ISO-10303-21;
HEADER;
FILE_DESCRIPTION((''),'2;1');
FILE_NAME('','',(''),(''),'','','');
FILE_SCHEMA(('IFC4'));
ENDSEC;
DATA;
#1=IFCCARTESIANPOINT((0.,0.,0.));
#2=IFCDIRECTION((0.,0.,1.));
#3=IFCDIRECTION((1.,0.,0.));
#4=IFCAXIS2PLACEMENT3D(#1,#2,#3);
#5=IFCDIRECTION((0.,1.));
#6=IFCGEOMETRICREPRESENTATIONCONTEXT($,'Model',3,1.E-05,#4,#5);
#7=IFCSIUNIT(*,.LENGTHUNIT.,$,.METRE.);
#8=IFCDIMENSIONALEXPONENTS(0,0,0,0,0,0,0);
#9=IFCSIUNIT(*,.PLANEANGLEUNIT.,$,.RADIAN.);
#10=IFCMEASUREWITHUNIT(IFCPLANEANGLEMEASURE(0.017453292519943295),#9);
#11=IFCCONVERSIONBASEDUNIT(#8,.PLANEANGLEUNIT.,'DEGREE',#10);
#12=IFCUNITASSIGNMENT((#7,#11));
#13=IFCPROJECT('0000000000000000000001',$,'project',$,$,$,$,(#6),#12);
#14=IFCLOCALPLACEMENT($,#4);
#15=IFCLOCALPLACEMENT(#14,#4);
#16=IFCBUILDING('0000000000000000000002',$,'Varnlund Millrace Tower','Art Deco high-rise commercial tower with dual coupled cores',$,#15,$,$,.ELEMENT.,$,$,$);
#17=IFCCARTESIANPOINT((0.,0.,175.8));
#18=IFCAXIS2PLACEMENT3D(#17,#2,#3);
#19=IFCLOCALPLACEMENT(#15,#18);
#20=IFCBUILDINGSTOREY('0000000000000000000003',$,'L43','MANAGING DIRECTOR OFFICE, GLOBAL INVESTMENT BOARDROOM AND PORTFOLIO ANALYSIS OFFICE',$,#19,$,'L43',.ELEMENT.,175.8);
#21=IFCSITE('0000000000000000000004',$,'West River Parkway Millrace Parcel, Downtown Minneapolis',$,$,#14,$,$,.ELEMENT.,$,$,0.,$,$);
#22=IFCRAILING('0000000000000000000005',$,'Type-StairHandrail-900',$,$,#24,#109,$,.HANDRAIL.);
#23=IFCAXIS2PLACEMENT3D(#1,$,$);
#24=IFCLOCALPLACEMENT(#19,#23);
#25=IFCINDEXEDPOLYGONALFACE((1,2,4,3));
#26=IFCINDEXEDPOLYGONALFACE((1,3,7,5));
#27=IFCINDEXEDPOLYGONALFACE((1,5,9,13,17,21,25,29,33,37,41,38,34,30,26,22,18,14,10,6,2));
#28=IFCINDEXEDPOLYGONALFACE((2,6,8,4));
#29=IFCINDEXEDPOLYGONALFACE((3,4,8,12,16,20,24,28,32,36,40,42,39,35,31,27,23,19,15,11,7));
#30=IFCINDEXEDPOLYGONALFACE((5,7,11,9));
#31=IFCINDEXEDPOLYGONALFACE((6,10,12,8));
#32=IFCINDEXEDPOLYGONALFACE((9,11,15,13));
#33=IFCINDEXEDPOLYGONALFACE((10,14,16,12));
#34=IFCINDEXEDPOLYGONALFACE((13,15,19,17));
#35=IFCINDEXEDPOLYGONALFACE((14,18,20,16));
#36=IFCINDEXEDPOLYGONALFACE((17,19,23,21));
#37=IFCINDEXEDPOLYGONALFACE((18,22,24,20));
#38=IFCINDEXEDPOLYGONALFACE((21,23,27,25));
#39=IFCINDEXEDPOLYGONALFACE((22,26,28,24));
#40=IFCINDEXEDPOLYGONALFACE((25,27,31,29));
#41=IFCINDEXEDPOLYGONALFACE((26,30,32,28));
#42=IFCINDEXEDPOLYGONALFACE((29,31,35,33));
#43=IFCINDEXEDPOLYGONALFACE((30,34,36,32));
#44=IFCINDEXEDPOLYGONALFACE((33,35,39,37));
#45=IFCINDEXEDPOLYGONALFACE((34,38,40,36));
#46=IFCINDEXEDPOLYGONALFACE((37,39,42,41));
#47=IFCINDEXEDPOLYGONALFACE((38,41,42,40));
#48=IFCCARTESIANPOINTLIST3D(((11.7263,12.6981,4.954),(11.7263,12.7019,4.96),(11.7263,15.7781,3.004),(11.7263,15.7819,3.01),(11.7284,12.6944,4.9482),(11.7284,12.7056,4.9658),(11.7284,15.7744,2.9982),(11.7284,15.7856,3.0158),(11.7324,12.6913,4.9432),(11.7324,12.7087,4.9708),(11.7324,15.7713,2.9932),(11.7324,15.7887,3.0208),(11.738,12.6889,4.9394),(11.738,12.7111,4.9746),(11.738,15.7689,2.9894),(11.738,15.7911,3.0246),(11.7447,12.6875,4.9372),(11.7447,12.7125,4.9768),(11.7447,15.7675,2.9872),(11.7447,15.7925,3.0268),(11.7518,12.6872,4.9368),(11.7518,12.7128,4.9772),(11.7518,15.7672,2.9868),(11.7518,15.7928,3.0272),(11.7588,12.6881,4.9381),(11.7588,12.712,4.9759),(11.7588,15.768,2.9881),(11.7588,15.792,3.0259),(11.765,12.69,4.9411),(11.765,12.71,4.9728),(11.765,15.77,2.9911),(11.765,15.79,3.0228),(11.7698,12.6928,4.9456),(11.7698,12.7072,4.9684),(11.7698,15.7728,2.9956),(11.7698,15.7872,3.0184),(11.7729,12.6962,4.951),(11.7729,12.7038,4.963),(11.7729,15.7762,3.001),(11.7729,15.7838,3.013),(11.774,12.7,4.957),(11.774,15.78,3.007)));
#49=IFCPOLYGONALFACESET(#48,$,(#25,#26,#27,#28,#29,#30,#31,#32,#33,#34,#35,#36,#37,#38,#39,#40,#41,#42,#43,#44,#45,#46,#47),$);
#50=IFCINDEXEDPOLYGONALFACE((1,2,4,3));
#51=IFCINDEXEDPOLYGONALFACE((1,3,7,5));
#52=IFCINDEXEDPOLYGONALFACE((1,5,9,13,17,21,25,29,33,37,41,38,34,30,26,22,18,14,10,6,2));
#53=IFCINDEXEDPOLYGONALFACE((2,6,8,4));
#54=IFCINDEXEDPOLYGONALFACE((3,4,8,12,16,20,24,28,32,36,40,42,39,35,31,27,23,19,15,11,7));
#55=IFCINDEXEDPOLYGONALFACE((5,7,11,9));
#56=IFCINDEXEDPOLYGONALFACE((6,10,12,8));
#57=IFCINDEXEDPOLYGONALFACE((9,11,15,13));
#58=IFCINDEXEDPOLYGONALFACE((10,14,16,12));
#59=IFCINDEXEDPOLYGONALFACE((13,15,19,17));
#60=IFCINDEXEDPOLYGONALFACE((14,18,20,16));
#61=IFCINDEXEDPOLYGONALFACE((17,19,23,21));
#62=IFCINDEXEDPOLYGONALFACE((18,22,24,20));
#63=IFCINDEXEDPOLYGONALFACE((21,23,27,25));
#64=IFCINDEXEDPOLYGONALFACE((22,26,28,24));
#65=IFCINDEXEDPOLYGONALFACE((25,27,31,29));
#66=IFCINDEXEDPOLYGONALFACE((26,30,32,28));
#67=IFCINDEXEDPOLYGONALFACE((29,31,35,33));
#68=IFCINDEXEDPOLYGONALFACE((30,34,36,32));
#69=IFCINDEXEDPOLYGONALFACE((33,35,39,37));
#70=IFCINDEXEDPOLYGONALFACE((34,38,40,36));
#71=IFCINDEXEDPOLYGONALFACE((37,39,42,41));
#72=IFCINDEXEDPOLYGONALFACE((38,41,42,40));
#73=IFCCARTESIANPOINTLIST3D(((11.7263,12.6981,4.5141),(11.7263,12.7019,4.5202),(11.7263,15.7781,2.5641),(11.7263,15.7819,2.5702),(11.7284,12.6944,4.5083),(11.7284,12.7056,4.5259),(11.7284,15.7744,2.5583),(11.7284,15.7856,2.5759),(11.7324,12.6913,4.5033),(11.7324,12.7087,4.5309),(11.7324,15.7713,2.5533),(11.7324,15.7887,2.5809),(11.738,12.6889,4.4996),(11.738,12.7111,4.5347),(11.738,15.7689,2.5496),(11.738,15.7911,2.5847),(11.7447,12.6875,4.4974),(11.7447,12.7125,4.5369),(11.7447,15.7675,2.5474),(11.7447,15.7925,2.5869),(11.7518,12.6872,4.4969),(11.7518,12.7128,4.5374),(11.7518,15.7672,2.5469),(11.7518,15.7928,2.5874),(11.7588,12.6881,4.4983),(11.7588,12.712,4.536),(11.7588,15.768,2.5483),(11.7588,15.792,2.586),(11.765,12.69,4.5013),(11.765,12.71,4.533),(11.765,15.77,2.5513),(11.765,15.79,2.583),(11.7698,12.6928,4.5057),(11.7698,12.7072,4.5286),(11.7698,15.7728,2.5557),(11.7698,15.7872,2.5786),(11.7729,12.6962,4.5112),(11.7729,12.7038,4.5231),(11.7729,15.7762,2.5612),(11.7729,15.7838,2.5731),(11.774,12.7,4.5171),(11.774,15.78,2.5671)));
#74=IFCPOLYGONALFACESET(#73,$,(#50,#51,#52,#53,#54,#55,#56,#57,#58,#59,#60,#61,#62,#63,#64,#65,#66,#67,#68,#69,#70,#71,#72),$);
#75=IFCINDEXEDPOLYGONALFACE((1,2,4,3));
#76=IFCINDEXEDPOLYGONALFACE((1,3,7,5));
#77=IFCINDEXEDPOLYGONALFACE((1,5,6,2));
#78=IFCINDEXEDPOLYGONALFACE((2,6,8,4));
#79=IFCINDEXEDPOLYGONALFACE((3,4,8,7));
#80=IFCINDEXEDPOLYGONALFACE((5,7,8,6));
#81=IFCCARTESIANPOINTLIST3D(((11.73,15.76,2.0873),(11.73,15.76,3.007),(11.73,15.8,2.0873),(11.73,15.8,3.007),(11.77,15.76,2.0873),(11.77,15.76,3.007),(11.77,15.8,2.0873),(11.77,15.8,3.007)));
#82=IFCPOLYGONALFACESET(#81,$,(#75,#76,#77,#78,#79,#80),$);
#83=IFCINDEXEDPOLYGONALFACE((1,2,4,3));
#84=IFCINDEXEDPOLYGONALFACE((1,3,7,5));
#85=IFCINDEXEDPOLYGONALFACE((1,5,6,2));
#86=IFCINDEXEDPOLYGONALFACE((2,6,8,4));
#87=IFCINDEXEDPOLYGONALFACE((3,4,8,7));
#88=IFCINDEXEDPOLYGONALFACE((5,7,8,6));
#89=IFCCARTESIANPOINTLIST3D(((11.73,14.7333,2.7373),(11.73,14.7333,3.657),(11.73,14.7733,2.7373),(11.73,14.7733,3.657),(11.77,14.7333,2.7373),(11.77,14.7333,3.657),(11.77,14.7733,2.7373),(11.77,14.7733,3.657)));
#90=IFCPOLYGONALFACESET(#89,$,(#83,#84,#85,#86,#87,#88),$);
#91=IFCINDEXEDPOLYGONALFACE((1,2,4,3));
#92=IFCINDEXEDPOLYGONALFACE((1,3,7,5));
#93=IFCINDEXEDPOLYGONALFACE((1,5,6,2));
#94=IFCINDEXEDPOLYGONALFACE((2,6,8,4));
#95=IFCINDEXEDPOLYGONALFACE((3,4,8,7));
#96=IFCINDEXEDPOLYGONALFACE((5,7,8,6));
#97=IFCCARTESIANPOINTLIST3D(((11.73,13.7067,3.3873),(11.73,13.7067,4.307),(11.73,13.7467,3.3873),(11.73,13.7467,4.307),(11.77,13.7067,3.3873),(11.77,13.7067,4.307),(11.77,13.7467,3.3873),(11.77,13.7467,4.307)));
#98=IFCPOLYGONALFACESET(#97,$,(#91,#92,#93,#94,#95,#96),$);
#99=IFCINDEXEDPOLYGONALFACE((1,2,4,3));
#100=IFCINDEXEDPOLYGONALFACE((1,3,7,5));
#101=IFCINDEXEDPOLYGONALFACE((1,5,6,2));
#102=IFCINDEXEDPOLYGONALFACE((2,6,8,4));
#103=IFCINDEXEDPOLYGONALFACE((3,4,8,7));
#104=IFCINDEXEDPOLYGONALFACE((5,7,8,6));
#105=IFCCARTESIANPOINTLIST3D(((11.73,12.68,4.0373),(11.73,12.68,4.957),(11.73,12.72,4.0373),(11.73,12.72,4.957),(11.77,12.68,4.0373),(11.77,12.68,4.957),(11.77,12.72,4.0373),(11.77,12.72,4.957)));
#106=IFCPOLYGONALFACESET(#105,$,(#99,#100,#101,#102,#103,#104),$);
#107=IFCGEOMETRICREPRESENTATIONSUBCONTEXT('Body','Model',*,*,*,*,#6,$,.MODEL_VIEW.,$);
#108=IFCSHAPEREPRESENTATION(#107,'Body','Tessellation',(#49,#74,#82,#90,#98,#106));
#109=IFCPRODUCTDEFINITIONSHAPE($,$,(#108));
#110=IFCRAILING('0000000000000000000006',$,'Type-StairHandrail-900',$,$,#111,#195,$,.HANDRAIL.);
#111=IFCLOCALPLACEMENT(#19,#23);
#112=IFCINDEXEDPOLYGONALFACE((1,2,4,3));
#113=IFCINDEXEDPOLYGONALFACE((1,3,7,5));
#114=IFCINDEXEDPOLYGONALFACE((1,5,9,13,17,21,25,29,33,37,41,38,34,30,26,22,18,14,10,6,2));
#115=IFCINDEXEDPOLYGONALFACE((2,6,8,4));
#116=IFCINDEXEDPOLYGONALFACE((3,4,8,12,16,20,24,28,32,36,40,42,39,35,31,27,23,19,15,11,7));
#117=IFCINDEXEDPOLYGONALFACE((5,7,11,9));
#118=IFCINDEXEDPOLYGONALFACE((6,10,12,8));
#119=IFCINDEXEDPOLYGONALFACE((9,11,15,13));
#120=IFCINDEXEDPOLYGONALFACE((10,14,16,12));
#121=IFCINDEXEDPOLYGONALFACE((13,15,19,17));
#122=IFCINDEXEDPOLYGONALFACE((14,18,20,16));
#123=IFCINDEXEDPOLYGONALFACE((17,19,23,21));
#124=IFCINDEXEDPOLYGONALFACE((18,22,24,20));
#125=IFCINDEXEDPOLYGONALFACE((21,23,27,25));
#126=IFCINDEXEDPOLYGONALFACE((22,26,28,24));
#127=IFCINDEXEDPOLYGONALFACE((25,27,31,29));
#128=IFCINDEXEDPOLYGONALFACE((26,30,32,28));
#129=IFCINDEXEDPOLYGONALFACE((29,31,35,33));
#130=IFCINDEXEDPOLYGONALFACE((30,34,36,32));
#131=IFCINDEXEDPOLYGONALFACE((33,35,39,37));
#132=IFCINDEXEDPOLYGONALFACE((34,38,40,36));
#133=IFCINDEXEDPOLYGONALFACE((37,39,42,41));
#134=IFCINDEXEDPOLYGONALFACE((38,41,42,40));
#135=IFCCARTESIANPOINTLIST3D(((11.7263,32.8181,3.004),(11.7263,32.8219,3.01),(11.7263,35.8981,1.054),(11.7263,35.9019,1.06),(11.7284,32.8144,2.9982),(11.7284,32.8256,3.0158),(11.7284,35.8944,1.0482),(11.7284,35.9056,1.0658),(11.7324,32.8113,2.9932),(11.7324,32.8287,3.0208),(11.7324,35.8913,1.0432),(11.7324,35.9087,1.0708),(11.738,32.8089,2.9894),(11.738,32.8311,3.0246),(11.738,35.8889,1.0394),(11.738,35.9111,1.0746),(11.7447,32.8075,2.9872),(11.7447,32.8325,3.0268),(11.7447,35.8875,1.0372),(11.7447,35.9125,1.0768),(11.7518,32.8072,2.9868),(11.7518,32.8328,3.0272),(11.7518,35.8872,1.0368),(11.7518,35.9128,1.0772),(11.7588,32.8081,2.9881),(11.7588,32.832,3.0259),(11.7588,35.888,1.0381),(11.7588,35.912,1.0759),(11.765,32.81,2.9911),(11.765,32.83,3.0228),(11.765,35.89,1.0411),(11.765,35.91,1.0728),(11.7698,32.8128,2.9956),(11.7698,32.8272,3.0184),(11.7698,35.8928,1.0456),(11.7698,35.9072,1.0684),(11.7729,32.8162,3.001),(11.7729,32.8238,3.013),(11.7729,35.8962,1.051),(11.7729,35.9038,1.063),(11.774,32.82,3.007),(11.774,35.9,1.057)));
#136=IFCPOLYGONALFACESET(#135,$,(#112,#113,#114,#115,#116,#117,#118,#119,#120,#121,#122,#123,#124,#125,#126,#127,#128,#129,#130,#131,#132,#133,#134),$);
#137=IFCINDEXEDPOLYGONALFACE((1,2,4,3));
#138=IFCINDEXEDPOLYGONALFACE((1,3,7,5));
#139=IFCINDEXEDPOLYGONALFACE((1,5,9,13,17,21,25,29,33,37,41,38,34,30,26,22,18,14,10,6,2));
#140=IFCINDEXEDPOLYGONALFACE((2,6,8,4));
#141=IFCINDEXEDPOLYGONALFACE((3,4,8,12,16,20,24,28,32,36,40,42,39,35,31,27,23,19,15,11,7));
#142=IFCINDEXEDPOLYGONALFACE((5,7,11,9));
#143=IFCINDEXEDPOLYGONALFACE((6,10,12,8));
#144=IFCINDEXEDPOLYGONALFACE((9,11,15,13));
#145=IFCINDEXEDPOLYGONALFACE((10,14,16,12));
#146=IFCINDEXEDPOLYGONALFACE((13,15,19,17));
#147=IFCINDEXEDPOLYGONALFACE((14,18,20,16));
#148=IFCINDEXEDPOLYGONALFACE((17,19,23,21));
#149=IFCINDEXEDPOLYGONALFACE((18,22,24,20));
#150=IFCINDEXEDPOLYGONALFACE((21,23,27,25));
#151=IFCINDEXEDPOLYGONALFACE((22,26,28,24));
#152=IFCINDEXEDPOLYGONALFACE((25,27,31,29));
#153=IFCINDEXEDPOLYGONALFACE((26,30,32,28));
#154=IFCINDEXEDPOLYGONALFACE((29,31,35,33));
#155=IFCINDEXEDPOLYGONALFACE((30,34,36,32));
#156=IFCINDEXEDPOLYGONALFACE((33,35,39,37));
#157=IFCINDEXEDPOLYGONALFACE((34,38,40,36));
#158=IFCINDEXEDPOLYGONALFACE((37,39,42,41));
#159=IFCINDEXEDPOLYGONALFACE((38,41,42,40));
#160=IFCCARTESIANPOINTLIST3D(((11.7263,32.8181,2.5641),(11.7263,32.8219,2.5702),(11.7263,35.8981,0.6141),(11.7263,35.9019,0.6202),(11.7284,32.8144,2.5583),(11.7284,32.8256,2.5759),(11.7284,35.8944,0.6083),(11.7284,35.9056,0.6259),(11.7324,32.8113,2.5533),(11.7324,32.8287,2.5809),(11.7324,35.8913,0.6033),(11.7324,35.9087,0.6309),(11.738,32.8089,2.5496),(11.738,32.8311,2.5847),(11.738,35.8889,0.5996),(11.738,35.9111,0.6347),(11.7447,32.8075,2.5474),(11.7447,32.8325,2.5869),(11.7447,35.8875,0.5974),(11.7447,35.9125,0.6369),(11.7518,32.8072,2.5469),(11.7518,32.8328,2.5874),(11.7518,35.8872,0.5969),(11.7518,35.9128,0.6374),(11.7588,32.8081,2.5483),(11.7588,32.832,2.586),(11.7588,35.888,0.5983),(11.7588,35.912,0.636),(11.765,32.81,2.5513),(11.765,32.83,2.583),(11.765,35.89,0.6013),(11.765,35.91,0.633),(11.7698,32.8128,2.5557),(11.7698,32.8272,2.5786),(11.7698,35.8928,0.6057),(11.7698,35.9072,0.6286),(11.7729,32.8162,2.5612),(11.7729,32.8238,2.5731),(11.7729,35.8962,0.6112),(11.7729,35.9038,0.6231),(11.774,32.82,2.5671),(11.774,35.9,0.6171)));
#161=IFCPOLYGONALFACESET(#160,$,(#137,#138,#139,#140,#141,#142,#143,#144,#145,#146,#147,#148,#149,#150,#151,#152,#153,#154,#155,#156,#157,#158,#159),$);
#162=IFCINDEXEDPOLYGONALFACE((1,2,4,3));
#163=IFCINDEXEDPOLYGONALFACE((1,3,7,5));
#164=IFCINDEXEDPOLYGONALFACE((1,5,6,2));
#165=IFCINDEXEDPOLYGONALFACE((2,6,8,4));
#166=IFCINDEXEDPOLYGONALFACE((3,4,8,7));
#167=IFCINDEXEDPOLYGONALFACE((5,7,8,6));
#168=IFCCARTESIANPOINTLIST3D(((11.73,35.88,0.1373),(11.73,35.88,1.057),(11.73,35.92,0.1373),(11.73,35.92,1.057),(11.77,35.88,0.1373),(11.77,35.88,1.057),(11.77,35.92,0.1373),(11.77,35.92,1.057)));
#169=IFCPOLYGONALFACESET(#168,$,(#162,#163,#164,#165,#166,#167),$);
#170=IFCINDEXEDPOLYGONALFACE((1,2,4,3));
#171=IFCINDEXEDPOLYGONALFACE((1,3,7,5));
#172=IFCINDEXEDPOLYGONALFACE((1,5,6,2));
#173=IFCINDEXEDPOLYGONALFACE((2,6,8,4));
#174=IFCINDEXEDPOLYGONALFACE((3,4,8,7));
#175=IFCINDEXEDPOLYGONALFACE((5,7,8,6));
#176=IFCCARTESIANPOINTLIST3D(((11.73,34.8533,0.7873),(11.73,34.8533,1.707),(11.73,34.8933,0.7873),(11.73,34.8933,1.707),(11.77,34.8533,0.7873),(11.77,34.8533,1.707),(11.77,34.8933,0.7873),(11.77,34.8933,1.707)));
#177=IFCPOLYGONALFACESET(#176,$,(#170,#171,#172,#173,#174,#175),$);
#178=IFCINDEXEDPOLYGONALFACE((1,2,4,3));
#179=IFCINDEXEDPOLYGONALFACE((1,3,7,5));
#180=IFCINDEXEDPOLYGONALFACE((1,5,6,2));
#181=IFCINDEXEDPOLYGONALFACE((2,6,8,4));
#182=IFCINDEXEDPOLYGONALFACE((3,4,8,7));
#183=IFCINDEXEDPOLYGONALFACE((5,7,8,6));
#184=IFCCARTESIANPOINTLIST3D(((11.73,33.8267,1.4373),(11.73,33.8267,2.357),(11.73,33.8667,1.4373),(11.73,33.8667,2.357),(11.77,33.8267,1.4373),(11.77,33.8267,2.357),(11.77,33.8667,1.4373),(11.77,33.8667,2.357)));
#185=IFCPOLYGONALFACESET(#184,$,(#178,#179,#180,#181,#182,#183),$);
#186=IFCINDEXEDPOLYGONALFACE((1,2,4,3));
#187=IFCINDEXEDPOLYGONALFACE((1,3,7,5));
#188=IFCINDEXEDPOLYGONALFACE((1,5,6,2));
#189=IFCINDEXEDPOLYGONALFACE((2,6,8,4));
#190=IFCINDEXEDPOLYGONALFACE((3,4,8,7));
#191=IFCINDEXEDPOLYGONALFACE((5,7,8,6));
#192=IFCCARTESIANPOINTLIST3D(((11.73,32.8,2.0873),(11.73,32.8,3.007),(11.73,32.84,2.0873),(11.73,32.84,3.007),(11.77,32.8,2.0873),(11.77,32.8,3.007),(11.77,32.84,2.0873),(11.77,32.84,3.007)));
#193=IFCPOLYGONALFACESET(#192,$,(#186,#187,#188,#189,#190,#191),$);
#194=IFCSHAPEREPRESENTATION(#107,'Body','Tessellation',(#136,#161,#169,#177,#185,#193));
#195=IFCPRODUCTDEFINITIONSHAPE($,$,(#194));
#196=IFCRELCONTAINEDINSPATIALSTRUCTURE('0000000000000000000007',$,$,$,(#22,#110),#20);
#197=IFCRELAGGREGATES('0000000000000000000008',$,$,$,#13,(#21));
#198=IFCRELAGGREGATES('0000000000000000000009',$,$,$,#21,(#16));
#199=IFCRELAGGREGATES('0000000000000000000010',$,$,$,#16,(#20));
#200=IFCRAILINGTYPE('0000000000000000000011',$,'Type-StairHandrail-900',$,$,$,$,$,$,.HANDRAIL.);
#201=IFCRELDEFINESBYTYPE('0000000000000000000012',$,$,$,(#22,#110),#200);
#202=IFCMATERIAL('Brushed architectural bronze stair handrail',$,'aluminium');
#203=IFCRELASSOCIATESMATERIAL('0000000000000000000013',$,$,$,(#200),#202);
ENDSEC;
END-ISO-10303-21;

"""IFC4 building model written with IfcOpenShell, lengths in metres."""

from ifc_helpers import new_model, entity, si_unit, converted_unit, direction, frame, origin_with_axes, origin_2d_with_axis, place, context, subcontext, project, spatial, rectangle, circle, extrude, material, type_object, element, save


model = new_model("IFC4")

# Units and contexts
model_context = context("Model", 3, precision=1e-05, world=origin_with_axes(), true_north=direction((0.0, 1.0)))
body_context = subcontext(model_context, "Body", "Model", "MODEL_VIEW")
ifc_project = project(units=[si_unit("LENGTHUNIT", "METRE"), converted_unit("PLANEANGLEUNIT", "DEGREE", entity("IfcPlaneAngleMeasure", 0.017453292519943295), si_unit("PLANEANGLEUNIT", "RADIAN"), dimensions=[0, 0, 0, 0, 0, 0, 0])], contexts=[model_context])

# Site, building, storey
site_placement = place(None, origin_with_axes())
site = spatial("IfcSite", under=ifc_project, at=site_placement, Name="West River Parkway Millrace Parcel, Downtown Minneapolis", CompositionType="ELEMENT", RefElevation=0.0)
building_placement = place(site_placement, origin_with_axes())
building = spatial("IfcBuilding", under=site, at=building_placement, Name="Varnlund Millrace Tower", Description="Art Deco high-rise commercial tower with dual coupled cores", CompositionType="ELEMENT")
storey_placement = place(building_placement, frame((0.0, 0.0, 175.8), z_axis=(0.0, 0.0, 1.0), x_axis=(1.0, 0.0, 0.0)))
storey = spatial("IfcBuildingStorey", under=building, at=storey_placement, Name="L43", Description="MANAGING DIRECTOR OFFICE, GLOBAL INVESTMENT BOARDROOM AND PORTFOLIO ANALYSIS OFFICE", LongName="L43", CompositionType="ELEMENT", Elevation=175.8)

# Railings
ifc_material_1 = material(Name="Brushed architectural bronze stair handrail", Category="aluminium")
railing_type_1 = type_object("IfcRailingType", Name="Type-StairHandrail-900", PredefinedType="HANDRAIL", material=ifc_material_1)
railing_1_placement = place(storey_placement, frame((0.0, 0.0, -175.8), z_axis=(0.0, 0.0, 1.0), x_axis=(1.0, 0.0, 0.0)))
element("IfcRailing", 1, at=railing_1_placement, inside=storey, type_object=railing_type_1, Name="Type-StairHandrail-900", PredefinedType="HANDRAIL", context=body_context, shape_type="SweptSolid", body=[
    extrude(circle(Radius=0.024, at=origin_2d_with_axis()), frame((11.75, 15.78, 178.807), z_axis=(0.0, -0.844902, 0.534922), x_axis=(1.0, 0.0, 0.0)), (0.0, 0.0, 1.0), 3.6454),
    extrude(circle(Radius=0.024, at=origin_2d_with_axis()), frame((11.75, 15.78, 178.3671), z_axis=(0.0, -0.844902, 0.534922), x_axis=(1.0, 0.0, 0.0)), (0.0, 0.0, 1.0), 3.6454),
    extrude(rectangle(XDim=0.04, YDim=0.04, at=origin_2d_with_axis()), frame((11.75, 15.78, 177.8873), z_axis=(0.0, 0.0, 1.0), x_axis=(1.0, 0.0, 0.0)), (0.0, 0.0, 1.0), 0.9197),
    extrude(rectangle(XDim=0.04, YDim=0.04, at=origin_2d_with_axis()), frame((11.75, 14.7533, 178.5373), z_axis=(0.0, 0.0, 1.0), x_axis=(1.0, 0.0, 0.0)), (0.0, 0.0, 1.0), 0.9197),
    extrude(rectangle(XDim=0.04, YDim=0.04, at=origin_2d_with_axis()), frame((11.75, 13.7267, 179.1873), z_axis=(0.0, 0.0, 1.0), x_axis=(1.0, 0.0, 0.0)), (0.0, 0.0, 1.0), 0.9197),
    extrude(rectangle(XDim=0.04, YDim=0.04, at=origin_2d_with_axis()), frame((11.75, 12.7, 179.8373), z_axis=(0.0, 0.0, 1.0), x_axis=(1.0, 0.0, 0.0)), (0.0, 0.0, 1.0), 0.9197),
])
railing_2_placement = place(storey_placement, frame((0.0, 0.0, -175.8), z_axis=(0.0, 0.0, 1.0), x_axis=(1.0, 0.0, 0.0)))
element("IfcRailing", 2, at=railing_2_placement, inside=storey, type_object=railing_type_1, Name="Type-StairHandrail-900", PredefinedType="HANDRAIL", context=body_context, shape_type="SweptSolid", body=[
    extrude(circle(Radius=0.024, at=origin_2d_with_axis()), frame((11.75, 35.9, 176.857), z_axis=(0.0, -0.844902, 0.534922), x_axis=(1.0, 0.0, 0.0)), (0.0, 0.0, 1.0), 3.6454),
    extrude(circle(Radius=0.024, at=origin_2d_with_axis()), frame((11.75, 35.9, 176.4171), z_axis=(0.0, -0.844902, 0.534922), x_axis=(1.0, 0.0, 0.0)), (0.0, 0.0, 1.0), 3.6454),
    extrude(rectangle(XDim=0.04, YDim=0.04, at=origin_2d_with_axis()), frame((11.75, 35.9, 175.9373), z_axis=(0.0, 0.0, 1.0), x_axis=(1.0, 0.0, 0.0)), (0.0, 0.0, 1.0), 0.9197),
    extrude(rectangle(XDim=0.04, YDim=0.04, at=origin_2d_with_axis()), frame((11.75, 34.8733, 176.5873), z_axis=(0.0, 0.0, 1.0), x_axis=(1.0, 0.0, 0.0)), (0.0, 0.0, 1.0), 0.9197),
    extrude(rectangle(XDim=0.04, YDim=0.04, at=origin_2d_with_axis()), frame((11.75, 33.8467, 177.2373), z_axis=(0.0, 0.0, 1.0), x_axis=(1.0, 0.0, 0.0)), (0.0, 0.0, 1.0), 0.9197),
    extrude(rectangle(XDim=0.04, YDim=0.04, at=origin_2d_with_axis()), frame((11.75, 32.82, 177.8873), z_axis=(0.0, 0.0, 1.0), x_axis=(1.0, 0.0, 0.0)), (0.0, 0.0, 1.0), 0.9197),
])

save(model, "model.ifc")
